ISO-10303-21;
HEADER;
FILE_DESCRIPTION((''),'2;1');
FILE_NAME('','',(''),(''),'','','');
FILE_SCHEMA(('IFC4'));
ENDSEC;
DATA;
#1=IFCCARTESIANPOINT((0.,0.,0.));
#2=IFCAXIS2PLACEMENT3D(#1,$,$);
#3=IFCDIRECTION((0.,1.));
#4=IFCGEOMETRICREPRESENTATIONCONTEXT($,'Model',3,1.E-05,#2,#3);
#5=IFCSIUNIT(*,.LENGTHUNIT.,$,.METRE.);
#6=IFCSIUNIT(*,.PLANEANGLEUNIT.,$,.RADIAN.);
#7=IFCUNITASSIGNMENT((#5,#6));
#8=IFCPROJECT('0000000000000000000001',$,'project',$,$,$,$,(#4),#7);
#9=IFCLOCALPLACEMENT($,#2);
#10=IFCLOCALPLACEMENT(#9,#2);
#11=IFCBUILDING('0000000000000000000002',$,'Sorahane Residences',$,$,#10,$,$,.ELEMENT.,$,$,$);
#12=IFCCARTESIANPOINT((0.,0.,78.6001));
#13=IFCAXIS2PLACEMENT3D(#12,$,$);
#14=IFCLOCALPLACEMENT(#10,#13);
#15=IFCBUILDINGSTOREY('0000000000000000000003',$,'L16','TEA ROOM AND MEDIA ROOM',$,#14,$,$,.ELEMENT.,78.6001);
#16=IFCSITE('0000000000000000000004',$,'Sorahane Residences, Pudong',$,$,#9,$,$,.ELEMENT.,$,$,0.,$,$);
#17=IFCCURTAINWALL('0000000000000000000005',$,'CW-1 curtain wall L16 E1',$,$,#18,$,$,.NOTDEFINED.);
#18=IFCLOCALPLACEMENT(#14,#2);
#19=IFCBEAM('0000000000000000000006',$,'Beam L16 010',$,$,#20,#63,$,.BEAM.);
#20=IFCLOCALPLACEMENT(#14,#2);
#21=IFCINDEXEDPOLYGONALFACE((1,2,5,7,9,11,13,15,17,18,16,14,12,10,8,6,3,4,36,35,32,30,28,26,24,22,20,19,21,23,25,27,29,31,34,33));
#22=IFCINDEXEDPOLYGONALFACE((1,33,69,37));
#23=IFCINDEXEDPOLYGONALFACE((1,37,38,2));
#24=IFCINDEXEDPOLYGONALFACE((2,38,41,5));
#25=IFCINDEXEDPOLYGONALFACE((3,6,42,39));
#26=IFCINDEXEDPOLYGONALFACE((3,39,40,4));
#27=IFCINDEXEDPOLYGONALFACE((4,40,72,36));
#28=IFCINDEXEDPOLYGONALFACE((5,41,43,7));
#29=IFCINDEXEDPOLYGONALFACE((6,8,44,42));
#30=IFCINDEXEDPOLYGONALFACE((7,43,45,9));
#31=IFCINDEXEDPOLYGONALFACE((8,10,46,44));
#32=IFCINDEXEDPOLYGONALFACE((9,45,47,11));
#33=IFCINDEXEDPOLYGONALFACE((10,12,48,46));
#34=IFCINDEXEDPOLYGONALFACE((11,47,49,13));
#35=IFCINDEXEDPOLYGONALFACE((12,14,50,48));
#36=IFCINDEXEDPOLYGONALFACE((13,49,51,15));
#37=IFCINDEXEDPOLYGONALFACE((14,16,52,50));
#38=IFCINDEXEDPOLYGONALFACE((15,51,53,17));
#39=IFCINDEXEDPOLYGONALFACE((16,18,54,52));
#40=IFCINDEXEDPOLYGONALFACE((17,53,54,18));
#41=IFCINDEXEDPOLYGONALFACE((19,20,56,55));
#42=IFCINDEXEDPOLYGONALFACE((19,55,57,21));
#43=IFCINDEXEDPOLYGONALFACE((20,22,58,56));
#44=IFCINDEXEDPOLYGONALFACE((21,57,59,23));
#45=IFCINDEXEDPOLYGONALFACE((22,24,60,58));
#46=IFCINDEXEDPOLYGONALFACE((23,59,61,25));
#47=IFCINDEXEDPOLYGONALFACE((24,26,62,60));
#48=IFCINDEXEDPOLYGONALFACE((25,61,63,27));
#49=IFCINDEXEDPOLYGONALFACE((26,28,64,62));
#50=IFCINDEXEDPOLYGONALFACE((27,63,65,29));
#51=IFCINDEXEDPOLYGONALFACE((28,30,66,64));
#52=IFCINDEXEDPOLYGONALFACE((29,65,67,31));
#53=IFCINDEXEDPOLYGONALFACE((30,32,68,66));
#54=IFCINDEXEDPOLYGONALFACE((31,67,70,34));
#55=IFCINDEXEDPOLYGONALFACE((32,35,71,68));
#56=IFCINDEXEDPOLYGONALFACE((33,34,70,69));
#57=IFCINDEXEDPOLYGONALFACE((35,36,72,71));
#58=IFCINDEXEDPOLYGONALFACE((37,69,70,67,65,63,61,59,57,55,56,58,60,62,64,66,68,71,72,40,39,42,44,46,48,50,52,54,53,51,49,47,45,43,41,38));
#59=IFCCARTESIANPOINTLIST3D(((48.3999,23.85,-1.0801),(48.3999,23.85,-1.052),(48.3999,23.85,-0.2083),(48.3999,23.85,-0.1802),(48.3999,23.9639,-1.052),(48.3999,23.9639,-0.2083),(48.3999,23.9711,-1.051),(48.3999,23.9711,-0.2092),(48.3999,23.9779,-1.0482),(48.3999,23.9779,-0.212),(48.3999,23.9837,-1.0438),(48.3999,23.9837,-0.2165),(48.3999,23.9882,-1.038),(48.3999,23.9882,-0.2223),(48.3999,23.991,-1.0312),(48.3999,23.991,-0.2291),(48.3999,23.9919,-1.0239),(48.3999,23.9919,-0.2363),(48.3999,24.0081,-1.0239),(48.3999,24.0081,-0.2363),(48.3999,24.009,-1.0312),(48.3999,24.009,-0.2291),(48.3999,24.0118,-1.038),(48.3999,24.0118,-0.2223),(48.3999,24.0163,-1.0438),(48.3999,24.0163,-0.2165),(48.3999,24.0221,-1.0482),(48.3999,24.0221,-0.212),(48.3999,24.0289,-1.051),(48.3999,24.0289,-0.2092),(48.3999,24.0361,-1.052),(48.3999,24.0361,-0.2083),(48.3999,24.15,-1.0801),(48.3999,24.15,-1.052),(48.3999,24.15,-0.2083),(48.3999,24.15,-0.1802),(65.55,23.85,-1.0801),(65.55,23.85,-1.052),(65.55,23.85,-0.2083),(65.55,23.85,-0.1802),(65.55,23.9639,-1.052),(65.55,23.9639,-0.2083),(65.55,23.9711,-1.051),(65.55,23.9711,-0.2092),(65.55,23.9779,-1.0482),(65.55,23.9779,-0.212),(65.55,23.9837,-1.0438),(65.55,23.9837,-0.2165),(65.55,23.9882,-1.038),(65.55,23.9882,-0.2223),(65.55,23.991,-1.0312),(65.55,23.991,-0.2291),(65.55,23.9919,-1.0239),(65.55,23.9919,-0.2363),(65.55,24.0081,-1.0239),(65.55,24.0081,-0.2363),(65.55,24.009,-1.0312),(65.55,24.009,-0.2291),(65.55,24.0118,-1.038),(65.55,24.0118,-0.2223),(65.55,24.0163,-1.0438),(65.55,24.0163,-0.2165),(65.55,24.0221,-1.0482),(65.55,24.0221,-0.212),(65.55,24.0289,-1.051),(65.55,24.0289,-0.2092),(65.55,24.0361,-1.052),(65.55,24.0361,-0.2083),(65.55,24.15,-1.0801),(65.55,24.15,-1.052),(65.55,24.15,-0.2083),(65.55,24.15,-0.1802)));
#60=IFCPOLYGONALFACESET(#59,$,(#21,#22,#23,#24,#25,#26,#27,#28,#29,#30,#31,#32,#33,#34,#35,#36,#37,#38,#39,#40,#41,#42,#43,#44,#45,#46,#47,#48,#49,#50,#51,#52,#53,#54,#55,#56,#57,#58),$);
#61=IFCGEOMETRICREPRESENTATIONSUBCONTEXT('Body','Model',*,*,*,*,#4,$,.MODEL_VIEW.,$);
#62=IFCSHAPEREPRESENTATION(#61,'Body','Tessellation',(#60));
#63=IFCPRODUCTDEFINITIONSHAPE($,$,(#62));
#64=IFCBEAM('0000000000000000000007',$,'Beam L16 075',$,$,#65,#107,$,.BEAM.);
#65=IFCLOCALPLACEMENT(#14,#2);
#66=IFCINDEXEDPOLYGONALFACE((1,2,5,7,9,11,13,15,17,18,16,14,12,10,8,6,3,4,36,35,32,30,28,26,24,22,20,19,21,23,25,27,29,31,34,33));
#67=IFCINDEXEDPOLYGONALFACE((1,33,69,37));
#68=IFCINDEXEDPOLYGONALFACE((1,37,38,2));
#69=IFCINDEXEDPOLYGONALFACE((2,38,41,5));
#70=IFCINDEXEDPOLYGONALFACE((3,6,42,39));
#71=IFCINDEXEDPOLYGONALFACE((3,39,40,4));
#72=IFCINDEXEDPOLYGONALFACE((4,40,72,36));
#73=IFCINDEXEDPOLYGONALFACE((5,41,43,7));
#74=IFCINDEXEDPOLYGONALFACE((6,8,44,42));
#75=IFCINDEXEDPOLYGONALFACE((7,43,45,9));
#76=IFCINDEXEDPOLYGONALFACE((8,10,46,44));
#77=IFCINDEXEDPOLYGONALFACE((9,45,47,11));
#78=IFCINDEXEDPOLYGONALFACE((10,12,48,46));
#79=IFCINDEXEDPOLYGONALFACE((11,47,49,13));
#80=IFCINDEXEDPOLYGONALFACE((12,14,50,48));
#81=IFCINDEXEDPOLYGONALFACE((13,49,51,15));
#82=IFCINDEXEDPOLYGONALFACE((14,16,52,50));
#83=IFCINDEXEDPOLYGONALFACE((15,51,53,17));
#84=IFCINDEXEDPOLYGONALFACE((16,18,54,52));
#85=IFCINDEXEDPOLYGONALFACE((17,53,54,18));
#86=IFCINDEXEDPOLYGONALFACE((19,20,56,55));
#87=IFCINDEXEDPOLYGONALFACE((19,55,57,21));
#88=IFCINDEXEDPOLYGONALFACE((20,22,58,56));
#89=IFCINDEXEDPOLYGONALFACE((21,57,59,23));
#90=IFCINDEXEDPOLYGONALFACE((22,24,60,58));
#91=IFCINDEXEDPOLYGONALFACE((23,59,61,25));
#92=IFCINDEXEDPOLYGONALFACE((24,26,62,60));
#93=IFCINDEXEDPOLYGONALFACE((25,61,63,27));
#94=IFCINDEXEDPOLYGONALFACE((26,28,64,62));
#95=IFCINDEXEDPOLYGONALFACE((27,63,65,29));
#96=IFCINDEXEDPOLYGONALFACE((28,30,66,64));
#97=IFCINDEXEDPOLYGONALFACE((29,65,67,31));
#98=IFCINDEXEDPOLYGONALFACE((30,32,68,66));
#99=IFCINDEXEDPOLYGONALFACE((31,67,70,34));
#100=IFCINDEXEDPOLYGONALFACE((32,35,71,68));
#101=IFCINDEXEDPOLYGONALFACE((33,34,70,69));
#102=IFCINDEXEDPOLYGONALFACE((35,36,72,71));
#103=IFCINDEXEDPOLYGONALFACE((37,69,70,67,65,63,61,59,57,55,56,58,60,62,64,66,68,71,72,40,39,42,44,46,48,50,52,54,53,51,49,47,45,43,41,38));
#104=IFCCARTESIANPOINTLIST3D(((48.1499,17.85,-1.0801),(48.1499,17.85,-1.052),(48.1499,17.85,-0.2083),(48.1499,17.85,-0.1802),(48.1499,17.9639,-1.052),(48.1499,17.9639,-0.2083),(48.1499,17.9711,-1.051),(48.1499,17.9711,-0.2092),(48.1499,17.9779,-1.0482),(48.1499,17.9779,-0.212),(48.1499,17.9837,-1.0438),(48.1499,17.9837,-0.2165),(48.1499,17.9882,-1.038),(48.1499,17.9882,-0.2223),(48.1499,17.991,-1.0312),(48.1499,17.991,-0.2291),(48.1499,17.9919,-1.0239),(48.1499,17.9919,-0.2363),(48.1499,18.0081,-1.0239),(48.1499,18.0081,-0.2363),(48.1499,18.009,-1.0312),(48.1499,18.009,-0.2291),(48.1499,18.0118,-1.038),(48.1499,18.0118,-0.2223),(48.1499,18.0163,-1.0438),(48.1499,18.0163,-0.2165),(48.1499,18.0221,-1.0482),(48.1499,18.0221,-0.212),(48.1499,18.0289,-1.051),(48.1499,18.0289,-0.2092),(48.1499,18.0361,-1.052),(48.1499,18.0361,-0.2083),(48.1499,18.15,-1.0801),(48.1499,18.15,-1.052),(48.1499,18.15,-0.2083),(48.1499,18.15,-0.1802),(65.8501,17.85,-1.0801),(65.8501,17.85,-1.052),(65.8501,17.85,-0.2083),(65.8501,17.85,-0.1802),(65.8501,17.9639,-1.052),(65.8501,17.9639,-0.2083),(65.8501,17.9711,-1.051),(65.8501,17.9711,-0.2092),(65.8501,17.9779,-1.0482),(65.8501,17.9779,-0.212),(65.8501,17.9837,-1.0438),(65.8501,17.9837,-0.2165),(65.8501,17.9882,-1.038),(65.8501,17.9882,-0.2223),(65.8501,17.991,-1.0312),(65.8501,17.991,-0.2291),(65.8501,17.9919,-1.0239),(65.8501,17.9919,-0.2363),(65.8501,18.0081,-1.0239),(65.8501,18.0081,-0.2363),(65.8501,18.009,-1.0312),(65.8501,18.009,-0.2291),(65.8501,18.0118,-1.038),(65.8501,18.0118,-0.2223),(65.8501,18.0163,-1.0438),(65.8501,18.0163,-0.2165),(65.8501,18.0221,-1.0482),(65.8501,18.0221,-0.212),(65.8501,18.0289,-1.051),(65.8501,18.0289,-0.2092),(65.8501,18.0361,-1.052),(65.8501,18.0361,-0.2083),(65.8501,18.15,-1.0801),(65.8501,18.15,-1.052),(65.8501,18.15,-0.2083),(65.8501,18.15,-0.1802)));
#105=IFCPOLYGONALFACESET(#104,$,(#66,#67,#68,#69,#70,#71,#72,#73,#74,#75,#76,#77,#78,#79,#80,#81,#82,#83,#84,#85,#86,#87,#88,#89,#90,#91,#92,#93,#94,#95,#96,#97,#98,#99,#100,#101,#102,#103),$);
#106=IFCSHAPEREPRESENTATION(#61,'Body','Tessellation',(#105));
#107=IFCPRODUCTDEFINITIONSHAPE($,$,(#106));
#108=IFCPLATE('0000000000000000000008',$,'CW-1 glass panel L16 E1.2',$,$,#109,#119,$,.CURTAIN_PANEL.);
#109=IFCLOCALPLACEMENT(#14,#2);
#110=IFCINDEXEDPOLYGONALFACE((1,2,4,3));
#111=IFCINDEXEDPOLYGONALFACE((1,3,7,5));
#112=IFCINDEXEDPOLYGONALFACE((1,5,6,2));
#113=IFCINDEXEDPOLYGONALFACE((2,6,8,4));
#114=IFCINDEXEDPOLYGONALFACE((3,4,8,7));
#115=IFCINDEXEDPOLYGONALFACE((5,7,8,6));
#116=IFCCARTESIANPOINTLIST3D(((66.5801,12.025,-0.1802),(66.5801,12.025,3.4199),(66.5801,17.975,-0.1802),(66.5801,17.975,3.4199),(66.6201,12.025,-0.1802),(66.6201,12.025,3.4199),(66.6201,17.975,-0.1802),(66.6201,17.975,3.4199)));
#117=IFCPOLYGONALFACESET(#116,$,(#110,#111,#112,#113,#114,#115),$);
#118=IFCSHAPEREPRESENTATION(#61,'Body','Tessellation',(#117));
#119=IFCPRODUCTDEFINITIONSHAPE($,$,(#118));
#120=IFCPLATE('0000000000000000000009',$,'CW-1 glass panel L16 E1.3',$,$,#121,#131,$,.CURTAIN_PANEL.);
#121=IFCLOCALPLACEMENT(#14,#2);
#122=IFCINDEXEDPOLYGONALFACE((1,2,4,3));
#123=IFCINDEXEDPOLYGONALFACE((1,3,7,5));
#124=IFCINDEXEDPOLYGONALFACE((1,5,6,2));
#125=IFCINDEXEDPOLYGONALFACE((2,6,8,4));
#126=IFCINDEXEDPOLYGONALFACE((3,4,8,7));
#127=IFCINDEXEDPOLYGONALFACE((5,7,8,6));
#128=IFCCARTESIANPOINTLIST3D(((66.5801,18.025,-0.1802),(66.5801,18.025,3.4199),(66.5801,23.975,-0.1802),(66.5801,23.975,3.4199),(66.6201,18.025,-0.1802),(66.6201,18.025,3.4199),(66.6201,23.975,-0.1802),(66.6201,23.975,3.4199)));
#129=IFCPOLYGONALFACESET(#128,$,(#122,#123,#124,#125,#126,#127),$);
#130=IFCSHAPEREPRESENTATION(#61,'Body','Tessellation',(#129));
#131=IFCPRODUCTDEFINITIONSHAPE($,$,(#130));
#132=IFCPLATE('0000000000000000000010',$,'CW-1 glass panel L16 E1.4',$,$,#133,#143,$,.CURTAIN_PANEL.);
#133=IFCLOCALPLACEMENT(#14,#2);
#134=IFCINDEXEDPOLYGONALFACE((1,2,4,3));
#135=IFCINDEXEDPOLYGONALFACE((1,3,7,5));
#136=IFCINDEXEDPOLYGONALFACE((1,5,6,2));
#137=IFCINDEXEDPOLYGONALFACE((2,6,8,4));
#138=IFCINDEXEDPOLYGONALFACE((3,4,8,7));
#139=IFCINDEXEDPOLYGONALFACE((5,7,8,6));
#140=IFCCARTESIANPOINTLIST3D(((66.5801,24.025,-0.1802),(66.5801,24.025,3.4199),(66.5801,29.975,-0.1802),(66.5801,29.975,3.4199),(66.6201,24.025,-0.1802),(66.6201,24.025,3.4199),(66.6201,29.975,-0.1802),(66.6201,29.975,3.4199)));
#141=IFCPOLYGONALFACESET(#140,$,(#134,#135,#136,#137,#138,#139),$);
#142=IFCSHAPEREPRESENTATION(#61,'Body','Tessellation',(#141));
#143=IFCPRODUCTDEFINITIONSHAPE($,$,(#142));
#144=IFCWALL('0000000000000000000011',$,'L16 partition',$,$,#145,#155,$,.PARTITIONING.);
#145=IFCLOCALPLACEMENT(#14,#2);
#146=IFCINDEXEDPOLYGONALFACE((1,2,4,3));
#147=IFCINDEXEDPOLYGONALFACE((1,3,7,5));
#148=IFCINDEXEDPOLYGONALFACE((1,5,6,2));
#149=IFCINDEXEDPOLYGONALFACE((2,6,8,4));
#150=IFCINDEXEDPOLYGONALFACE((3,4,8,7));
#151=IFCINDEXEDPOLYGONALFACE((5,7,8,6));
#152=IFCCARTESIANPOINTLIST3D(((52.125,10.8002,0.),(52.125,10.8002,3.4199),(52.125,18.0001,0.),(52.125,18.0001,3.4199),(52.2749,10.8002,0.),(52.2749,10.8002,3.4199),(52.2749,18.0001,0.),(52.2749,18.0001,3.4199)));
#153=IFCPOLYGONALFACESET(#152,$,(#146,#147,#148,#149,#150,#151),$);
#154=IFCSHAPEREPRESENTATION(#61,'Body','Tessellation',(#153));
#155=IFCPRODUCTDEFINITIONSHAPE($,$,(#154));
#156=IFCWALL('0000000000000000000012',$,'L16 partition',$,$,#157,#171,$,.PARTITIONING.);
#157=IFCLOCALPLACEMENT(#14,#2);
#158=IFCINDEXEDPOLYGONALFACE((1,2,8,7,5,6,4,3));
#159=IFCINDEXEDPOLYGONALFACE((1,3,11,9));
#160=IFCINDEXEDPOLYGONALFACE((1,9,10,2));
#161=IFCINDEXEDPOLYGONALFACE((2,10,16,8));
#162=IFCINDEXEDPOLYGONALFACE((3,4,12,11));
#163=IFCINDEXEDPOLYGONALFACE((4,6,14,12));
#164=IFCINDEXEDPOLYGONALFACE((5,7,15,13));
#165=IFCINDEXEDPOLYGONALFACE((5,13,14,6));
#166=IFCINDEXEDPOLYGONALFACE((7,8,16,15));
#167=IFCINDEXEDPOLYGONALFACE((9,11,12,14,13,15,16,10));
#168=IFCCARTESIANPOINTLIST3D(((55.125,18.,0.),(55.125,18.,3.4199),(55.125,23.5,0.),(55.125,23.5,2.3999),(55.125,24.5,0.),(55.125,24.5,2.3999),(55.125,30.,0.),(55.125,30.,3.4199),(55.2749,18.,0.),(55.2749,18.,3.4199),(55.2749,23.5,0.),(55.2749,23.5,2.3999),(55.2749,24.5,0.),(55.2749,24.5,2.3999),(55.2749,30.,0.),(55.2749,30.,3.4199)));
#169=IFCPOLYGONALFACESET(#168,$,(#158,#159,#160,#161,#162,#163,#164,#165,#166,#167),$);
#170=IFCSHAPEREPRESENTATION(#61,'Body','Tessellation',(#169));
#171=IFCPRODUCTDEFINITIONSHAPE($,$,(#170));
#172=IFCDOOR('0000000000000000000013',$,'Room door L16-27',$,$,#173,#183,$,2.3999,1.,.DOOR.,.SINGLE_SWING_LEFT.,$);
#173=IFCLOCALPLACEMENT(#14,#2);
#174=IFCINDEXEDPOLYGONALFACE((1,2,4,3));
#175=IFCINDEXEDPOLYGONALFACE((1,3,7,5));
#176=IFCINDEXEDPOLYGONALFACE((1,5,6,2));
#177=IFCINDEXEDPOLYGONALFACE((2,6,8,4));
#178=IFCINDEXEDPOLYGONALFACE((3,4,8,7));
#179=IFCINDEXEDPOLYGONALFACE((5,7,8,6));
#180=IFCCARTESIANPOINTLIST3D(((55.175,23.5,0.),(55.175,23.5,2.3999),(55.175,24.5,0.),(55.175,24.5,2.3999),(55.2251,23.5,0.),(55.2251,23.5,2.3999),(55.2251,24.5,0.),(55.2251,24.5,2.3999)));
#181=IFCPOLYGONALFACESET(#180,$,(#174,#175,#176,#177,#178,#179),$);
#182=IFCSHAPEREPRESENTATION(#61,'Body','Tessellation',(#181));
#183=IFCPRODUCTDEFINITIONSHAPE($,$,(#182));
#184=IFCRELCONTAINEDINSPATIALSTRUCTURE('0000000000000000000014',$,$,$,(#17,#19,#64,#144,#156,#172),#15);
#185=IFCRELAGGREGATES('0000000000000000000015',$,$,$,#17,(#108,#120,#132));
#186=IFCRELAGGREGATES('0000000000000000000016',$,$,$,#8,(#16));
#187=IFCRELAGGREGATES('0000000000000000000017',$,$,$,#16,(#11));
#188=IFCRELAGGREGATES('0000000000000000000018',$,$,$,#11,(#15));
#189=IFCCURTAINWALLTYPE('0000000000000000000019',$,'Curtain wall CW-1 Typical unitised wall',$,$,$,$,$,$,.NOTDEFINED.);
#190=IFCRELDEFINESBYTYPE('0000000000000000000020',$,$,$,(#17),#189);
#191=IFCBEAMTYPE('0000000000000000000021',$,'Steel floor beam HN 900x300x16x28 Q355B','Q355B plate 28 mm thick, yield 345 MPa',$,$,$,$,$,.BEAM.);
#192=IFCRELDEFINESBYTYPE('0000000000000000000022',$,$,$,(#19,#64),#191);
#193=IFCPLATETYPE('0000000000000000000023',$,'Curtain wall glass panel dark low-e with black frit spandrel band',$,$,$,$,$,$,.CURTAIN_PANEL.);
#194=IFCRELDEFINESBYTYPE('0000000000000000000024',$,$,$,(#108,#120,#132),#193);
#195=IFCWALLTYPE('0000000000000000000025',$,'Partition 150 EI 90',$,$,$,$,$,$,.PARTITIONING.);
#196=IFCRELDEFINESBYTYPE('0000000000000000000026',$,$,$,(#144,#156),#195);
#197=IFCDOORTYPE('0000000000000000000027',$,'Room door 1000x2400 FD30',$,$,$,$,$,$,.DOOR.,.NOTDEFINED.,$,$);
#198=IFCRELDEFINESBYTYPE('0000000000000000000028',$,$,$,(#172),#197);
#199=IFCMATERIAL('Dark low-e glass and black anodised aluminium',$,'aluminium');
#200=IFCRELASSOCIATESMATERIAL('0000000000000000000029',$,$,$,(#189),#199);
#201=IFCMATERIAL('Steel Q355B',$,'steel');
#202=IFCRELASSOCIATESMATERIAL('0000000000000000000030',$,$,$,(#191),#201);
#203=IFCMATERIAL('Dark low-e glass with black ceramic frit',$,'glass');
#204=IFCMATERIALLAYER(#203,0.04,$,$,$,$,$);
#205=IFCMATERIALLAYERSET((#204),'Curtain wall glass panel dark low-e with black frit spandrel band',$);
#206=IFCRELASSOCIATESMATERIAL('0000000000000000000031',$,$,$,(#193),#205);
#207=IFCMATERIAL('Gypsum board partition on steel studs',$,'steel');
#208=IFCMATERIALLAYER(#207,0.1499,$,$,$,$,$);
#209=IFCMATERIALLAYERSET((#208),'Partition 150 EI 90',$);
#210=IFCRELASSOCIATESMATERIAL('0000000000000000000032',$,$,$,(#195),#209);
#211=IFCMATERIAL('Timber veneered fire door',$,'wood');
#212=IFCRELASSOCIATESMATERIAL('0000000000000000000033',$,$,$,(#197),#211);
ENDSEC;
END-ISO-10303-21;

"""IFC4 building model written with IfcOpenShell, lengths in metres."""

from ifc_helpers import new_model, si_unit, direction, frame, frame_2d, origin, origin_2d, place, context, subcontext, project, spatial, rectangle, i_section, extrude, material, layer, layer_set, material_profile, profile_set, type_object, element, fill, aggregate, save


model = new_model("IFC4")

# Units and contexts
model_context = context("Model", 3, precision=1e-05, world=origin(), true_north=direction((0.0, 1.0)))
body_context = subcontext(model_context, "Body", "Model", "MODEL_VIEW")
ifc_project = project(units=[si_unit("LENGTHUNIT", "METRE"), si_unit("PLANEANGLEUNIT", "RADIAN")], contexts=[model_context])

# Site, building, storey
site_placement = place(None, origin())
site = spatial("IfcSite", under=ifc_project, at=site_placement, Name="Sorahane Residences, Pudong", CompositionType="ELEMENT", RefElevation=0.0)
building_placement = place(site_placement, origin())
building = spatial("IfcBuilding", under=site, at=building_placement, Name="Sorahane Residences", CompositionType="ELEMENT")
storey_placement = place(building_placement, frame((0.0, 0.0, 78.6001)))
storey = spatial("IfcBuildingStorey", under=building, at=storey_placement, Name="L16", Description="TEA ROOM AND MEDIA ROOM", CompositionType="ELEMENT", Elevation=78.6001)

# Curtain wall
ifc_material_1 = material(Name="Dark low-e glass and black anodised aluminium", Category="aluminium")
curtain_wall_type = type_object("IfcCurtainWallType", Name="Curtain wall CW-1 Typical unitised wall", PredefinedType="NOTDEFINED", material=ifc_material_1)
curtain_wall_placement = place(storey_placement, origin())
curtain_wall = element("IfcCurtainWall", 1, at=curtain_wall_placement, inside=storey, type_object=curtain_wall_type, Name="CW-1 curtain wall L16 E1", PredefinedType="NOTDEFINED")

# Beams
ifc_material_2 = material(Name="Steel Q355B", Category="steel")
ifc_material_profile_1 = material_profile(ifc_material_2, i_section(OverallWidth=0.3, OverallDepth=0.8999, WebThickness=0.0161, FlangeThickness=0.0281, FilletRadius=0.0281, at=origin_2d()), Name="HN 900x300x16x28")
ifc_profile_set_1 = profile_set([ifc_material_profile_1], Name="Steel Q355B")
beam_type_1 = type_object("IfcBeamType", Name="Steel floor beam HN 900x300x16x28 Q355B", Description="Q355B plate 28 mm thick, yield 345 MPa", PredefinedType="BEAM", material=ifc_profile_set_1)
for number, where, z_axis, x_axis, name in (
    (2, (48.3999, 24.0, -0.6301), (1.0, 0.0, 0.0), (0.0, 1.0, 0.0), "Beam L16 010"),
):
    element("IfcBeam", number, at=place(storey_placement, frame(where, z_axis=z_axis, x_axis=x_axis)), inside=storey, type_object=beam_type_1, Name=name, PredefinedType="BEAM", context=body_context, shape_type="SweptSolid", body=[
        extrude(i_section(OverallWidth=0.3, OverallDepth=0.8999, WebThickness=0.0161, FlangeThickness=0.0281, FilletRadius=0.0281, at=origin_2d()), origin(), (0.0, 0.0, 1.0), 17.1501),
    ])
beam_1_placement = place(storey_placement, frame((48.1499, 18.0, -0.6301), z_axis=(1.0, 0.0, 0.0), x_axis=(0.0, 1.0, 0.0)))
element("IfcBeam", 3, at=beam_1_placement, inside=storey, type_object=beam_type_1, Name="Beam L16 075", PredefinedType="BEAM", context=body_context, shape_type="SweptSolid", body=[
    extrude(i_section(OverallWidth=0.3, OverallDepth=0.8999, WebThickness=0.0161, FlangeThickness=0.0281, FilletRadius=0.0281, at=origin_2d()), origin(), (0.0, 0.0, 1.0), 17.7002),
])

# Plates
ifc_material_3 = material(Name="Dark low-e glass with black ceramic frit", Category="glass")
ifc_layer_1 = layer(ifc_material_3, 0.04)
ifc_layer_set_1 = layer_set([ifc_layer_1], Name="Curtain wall glass panel dark low-e with black frit spandrel band")
plate_type = type_object("IfcPlateType", Name="Curtain wall glass panel dark low-e with black frit spandrel band", PredefinedType="CURTAIN_PANEL", material=ifc_layer_set_1)
plate_1_placement = place(storey_placement, frame((66.6001, 15.0, -0.1802), z_axis=(0.0, 0.0, 1.0), x_axis=(0.0, 1.0, 0.0)))
plate_1 = element("IfcPlate", 4, at=plate_1_placement, type_object=plate_type, Name="CW-1 glass panel L16 E1.2", PredefinedType="CURTAIN_PANEL", context=body_context, shape_type="SweptSolid", body=[
    extrude(rectangle(XDim=5.95, YDim=0.04, at=origin_2d()), origin(), (0.0, 0.0, 1.0), 3.6001),
])
plate_2_placement = place(storey_placement, frame((66.6001, 21.0, -0.1802), z_axis=(0.0, 0.0, 1.0), x_axis=(0.0, 1.0, 0.0)))
plate_2 = element("IfcPlate", 5, at=plate_2_placement, type_object=plate_type, Name="CW-1 glass panel L16 E1.3", PredefinedType="CURTAIN_PANEL", context=body_context, shape_type="SweptSolid", body=[
    extrude(rectangle(XDim=5.95, YDim=0.04, at=origin_2d()), origin(), (0.0, 0.0, 1.0), 3.6001),
])
plate_3_placement = place(storey_placement, frame((66.6001, 27.0, -0.1802), z_axis=(0.0, 0.0, 1.0), x_axis=(0.0, 1.0, 0.0)))
plate_3 = element("IfcPlate", 6, at=plate_3_placement, type_object=plate_type, Name="CW-1 glass panel L16 E1.4", PredefinedType="CURTAIN_PANEL", context=body_context, shape_type="SweptSolid", body=[
    extrude(rectangle(XDim=5.95, YDim=0.04, at=origin_2d()), origin(), (0.0, 0.0, 1.0), 3.6001),
])
aggregate(curtain_wall, [plate_1, plate_2, plate_3])

# Wall
ifc_material_4 = material(Name="Gypsum board partition on steel studs", Category="steel")
ifc_layer_2 = layer(ifc_material_4, 0.1499)
ifc_layer_set_2 = layer_set([ifc_layer_2], Name="Partition 150 EI 90")
wall_type_1 = type_object("IfcWallType", Name="Partition 150 EI 90", PredefinedType="PARTITIONING", material=ifc_layer_set_2)
wall_1_placement = place(storey_placement, frame((52.2, 10.8, 0.0), z_axis=(0.0, 0.0, 1.0), x_axis=(0.0, 1.0, 0.0)))
element("IfcWall", 7, at=wall_1_placement, inside=storey, type_object=wall_type_1, Name="L16 partition", PredefinedType="PARTITIONING", context=body_context, shape_type="SweptSolid", body=[
    extrude(rectangle(XDim=7.2, YDim=0.1499, at=frame_2d((3.6001, 0.0))), origin(), (0.0, 0.0, 1.0), 3.4199),
])

# Wall, opening, door
wall_2_placement = place(storey_placement, frame((55.2, 18.0, 0.0), z_axis=(0.0, 0.0, 1.0), x_axis=(0.0, 1.0, 0.0)))
wall_2 = element("IfcWall", 8, at=wall_2_placement, inside=storey, type_object=wall_type_1, Name="L16 partition", PredefinedType="PARTITIONING", context=body_context, shape_type="SweptSolid", body=[
    extrude(rectangle(XDim=12.0, YDim=0.1499, at=frame_2d((6.0, 0.0))), origin(), (0.0, 0.0, 1.0), 3.4199),
])
opening_1_placement = place(wall_2_placement, frame((5.5, 0.0, 0.0)))
opening_1 = element("IfcOpeningElement", 9, at=opening_1_placement, cuts=wall_2, PredefinedType="OPENING", context=body_context, shape_type="SweptSolid", body=[
    extrude(rectangle(XDim=1.0, YDim=2.3999, at=frame_2d((0.5, 1.2))), frame((0.0, 0.085, 0.0), z_axis=(0.0, -1.0, 0.0), x_axis=(1.0, 0.0, 0.0)), (0.0, 0.0, 1.0), 0.1699),
])
ifc_material_5 = material(Name="Timber veneered fire door", Category="wood")
door_type_1 = type_object("IfcDoorType", Name="Room door 1000x2400 FD30", OperationType="NOTDEFINED", PredefinedType="DOOR", material=ifc_material_5)
door_1_placement = place(opening_1_placement, origin())
door_1 = element("IfcDoor", 10, at=door_1_placement, inside=storey, type_object=door_type_1, Name="Room door L16-27", OperationType="SINGLE_SWING_LEFT", OverallHeight=2.3999, OverallWidth=1.0, PredefinedType="DOOR", context=body_context, shape_type="SweptSolid", body=[
    extrude(rectangle(XDim=1.0, YDim=2.3999, at=frame_2d((0.5, 1.2))), frame((0.0, 0.0249, 0.0), z_axis=(0.0, -1.0, 0.0), x_axis=(1.0, 0.0, 0.0)), (0.0, 0.0, 1.0), 0.05),
])
fill(opening_1, door_1)

save(model, "model.ifc")
